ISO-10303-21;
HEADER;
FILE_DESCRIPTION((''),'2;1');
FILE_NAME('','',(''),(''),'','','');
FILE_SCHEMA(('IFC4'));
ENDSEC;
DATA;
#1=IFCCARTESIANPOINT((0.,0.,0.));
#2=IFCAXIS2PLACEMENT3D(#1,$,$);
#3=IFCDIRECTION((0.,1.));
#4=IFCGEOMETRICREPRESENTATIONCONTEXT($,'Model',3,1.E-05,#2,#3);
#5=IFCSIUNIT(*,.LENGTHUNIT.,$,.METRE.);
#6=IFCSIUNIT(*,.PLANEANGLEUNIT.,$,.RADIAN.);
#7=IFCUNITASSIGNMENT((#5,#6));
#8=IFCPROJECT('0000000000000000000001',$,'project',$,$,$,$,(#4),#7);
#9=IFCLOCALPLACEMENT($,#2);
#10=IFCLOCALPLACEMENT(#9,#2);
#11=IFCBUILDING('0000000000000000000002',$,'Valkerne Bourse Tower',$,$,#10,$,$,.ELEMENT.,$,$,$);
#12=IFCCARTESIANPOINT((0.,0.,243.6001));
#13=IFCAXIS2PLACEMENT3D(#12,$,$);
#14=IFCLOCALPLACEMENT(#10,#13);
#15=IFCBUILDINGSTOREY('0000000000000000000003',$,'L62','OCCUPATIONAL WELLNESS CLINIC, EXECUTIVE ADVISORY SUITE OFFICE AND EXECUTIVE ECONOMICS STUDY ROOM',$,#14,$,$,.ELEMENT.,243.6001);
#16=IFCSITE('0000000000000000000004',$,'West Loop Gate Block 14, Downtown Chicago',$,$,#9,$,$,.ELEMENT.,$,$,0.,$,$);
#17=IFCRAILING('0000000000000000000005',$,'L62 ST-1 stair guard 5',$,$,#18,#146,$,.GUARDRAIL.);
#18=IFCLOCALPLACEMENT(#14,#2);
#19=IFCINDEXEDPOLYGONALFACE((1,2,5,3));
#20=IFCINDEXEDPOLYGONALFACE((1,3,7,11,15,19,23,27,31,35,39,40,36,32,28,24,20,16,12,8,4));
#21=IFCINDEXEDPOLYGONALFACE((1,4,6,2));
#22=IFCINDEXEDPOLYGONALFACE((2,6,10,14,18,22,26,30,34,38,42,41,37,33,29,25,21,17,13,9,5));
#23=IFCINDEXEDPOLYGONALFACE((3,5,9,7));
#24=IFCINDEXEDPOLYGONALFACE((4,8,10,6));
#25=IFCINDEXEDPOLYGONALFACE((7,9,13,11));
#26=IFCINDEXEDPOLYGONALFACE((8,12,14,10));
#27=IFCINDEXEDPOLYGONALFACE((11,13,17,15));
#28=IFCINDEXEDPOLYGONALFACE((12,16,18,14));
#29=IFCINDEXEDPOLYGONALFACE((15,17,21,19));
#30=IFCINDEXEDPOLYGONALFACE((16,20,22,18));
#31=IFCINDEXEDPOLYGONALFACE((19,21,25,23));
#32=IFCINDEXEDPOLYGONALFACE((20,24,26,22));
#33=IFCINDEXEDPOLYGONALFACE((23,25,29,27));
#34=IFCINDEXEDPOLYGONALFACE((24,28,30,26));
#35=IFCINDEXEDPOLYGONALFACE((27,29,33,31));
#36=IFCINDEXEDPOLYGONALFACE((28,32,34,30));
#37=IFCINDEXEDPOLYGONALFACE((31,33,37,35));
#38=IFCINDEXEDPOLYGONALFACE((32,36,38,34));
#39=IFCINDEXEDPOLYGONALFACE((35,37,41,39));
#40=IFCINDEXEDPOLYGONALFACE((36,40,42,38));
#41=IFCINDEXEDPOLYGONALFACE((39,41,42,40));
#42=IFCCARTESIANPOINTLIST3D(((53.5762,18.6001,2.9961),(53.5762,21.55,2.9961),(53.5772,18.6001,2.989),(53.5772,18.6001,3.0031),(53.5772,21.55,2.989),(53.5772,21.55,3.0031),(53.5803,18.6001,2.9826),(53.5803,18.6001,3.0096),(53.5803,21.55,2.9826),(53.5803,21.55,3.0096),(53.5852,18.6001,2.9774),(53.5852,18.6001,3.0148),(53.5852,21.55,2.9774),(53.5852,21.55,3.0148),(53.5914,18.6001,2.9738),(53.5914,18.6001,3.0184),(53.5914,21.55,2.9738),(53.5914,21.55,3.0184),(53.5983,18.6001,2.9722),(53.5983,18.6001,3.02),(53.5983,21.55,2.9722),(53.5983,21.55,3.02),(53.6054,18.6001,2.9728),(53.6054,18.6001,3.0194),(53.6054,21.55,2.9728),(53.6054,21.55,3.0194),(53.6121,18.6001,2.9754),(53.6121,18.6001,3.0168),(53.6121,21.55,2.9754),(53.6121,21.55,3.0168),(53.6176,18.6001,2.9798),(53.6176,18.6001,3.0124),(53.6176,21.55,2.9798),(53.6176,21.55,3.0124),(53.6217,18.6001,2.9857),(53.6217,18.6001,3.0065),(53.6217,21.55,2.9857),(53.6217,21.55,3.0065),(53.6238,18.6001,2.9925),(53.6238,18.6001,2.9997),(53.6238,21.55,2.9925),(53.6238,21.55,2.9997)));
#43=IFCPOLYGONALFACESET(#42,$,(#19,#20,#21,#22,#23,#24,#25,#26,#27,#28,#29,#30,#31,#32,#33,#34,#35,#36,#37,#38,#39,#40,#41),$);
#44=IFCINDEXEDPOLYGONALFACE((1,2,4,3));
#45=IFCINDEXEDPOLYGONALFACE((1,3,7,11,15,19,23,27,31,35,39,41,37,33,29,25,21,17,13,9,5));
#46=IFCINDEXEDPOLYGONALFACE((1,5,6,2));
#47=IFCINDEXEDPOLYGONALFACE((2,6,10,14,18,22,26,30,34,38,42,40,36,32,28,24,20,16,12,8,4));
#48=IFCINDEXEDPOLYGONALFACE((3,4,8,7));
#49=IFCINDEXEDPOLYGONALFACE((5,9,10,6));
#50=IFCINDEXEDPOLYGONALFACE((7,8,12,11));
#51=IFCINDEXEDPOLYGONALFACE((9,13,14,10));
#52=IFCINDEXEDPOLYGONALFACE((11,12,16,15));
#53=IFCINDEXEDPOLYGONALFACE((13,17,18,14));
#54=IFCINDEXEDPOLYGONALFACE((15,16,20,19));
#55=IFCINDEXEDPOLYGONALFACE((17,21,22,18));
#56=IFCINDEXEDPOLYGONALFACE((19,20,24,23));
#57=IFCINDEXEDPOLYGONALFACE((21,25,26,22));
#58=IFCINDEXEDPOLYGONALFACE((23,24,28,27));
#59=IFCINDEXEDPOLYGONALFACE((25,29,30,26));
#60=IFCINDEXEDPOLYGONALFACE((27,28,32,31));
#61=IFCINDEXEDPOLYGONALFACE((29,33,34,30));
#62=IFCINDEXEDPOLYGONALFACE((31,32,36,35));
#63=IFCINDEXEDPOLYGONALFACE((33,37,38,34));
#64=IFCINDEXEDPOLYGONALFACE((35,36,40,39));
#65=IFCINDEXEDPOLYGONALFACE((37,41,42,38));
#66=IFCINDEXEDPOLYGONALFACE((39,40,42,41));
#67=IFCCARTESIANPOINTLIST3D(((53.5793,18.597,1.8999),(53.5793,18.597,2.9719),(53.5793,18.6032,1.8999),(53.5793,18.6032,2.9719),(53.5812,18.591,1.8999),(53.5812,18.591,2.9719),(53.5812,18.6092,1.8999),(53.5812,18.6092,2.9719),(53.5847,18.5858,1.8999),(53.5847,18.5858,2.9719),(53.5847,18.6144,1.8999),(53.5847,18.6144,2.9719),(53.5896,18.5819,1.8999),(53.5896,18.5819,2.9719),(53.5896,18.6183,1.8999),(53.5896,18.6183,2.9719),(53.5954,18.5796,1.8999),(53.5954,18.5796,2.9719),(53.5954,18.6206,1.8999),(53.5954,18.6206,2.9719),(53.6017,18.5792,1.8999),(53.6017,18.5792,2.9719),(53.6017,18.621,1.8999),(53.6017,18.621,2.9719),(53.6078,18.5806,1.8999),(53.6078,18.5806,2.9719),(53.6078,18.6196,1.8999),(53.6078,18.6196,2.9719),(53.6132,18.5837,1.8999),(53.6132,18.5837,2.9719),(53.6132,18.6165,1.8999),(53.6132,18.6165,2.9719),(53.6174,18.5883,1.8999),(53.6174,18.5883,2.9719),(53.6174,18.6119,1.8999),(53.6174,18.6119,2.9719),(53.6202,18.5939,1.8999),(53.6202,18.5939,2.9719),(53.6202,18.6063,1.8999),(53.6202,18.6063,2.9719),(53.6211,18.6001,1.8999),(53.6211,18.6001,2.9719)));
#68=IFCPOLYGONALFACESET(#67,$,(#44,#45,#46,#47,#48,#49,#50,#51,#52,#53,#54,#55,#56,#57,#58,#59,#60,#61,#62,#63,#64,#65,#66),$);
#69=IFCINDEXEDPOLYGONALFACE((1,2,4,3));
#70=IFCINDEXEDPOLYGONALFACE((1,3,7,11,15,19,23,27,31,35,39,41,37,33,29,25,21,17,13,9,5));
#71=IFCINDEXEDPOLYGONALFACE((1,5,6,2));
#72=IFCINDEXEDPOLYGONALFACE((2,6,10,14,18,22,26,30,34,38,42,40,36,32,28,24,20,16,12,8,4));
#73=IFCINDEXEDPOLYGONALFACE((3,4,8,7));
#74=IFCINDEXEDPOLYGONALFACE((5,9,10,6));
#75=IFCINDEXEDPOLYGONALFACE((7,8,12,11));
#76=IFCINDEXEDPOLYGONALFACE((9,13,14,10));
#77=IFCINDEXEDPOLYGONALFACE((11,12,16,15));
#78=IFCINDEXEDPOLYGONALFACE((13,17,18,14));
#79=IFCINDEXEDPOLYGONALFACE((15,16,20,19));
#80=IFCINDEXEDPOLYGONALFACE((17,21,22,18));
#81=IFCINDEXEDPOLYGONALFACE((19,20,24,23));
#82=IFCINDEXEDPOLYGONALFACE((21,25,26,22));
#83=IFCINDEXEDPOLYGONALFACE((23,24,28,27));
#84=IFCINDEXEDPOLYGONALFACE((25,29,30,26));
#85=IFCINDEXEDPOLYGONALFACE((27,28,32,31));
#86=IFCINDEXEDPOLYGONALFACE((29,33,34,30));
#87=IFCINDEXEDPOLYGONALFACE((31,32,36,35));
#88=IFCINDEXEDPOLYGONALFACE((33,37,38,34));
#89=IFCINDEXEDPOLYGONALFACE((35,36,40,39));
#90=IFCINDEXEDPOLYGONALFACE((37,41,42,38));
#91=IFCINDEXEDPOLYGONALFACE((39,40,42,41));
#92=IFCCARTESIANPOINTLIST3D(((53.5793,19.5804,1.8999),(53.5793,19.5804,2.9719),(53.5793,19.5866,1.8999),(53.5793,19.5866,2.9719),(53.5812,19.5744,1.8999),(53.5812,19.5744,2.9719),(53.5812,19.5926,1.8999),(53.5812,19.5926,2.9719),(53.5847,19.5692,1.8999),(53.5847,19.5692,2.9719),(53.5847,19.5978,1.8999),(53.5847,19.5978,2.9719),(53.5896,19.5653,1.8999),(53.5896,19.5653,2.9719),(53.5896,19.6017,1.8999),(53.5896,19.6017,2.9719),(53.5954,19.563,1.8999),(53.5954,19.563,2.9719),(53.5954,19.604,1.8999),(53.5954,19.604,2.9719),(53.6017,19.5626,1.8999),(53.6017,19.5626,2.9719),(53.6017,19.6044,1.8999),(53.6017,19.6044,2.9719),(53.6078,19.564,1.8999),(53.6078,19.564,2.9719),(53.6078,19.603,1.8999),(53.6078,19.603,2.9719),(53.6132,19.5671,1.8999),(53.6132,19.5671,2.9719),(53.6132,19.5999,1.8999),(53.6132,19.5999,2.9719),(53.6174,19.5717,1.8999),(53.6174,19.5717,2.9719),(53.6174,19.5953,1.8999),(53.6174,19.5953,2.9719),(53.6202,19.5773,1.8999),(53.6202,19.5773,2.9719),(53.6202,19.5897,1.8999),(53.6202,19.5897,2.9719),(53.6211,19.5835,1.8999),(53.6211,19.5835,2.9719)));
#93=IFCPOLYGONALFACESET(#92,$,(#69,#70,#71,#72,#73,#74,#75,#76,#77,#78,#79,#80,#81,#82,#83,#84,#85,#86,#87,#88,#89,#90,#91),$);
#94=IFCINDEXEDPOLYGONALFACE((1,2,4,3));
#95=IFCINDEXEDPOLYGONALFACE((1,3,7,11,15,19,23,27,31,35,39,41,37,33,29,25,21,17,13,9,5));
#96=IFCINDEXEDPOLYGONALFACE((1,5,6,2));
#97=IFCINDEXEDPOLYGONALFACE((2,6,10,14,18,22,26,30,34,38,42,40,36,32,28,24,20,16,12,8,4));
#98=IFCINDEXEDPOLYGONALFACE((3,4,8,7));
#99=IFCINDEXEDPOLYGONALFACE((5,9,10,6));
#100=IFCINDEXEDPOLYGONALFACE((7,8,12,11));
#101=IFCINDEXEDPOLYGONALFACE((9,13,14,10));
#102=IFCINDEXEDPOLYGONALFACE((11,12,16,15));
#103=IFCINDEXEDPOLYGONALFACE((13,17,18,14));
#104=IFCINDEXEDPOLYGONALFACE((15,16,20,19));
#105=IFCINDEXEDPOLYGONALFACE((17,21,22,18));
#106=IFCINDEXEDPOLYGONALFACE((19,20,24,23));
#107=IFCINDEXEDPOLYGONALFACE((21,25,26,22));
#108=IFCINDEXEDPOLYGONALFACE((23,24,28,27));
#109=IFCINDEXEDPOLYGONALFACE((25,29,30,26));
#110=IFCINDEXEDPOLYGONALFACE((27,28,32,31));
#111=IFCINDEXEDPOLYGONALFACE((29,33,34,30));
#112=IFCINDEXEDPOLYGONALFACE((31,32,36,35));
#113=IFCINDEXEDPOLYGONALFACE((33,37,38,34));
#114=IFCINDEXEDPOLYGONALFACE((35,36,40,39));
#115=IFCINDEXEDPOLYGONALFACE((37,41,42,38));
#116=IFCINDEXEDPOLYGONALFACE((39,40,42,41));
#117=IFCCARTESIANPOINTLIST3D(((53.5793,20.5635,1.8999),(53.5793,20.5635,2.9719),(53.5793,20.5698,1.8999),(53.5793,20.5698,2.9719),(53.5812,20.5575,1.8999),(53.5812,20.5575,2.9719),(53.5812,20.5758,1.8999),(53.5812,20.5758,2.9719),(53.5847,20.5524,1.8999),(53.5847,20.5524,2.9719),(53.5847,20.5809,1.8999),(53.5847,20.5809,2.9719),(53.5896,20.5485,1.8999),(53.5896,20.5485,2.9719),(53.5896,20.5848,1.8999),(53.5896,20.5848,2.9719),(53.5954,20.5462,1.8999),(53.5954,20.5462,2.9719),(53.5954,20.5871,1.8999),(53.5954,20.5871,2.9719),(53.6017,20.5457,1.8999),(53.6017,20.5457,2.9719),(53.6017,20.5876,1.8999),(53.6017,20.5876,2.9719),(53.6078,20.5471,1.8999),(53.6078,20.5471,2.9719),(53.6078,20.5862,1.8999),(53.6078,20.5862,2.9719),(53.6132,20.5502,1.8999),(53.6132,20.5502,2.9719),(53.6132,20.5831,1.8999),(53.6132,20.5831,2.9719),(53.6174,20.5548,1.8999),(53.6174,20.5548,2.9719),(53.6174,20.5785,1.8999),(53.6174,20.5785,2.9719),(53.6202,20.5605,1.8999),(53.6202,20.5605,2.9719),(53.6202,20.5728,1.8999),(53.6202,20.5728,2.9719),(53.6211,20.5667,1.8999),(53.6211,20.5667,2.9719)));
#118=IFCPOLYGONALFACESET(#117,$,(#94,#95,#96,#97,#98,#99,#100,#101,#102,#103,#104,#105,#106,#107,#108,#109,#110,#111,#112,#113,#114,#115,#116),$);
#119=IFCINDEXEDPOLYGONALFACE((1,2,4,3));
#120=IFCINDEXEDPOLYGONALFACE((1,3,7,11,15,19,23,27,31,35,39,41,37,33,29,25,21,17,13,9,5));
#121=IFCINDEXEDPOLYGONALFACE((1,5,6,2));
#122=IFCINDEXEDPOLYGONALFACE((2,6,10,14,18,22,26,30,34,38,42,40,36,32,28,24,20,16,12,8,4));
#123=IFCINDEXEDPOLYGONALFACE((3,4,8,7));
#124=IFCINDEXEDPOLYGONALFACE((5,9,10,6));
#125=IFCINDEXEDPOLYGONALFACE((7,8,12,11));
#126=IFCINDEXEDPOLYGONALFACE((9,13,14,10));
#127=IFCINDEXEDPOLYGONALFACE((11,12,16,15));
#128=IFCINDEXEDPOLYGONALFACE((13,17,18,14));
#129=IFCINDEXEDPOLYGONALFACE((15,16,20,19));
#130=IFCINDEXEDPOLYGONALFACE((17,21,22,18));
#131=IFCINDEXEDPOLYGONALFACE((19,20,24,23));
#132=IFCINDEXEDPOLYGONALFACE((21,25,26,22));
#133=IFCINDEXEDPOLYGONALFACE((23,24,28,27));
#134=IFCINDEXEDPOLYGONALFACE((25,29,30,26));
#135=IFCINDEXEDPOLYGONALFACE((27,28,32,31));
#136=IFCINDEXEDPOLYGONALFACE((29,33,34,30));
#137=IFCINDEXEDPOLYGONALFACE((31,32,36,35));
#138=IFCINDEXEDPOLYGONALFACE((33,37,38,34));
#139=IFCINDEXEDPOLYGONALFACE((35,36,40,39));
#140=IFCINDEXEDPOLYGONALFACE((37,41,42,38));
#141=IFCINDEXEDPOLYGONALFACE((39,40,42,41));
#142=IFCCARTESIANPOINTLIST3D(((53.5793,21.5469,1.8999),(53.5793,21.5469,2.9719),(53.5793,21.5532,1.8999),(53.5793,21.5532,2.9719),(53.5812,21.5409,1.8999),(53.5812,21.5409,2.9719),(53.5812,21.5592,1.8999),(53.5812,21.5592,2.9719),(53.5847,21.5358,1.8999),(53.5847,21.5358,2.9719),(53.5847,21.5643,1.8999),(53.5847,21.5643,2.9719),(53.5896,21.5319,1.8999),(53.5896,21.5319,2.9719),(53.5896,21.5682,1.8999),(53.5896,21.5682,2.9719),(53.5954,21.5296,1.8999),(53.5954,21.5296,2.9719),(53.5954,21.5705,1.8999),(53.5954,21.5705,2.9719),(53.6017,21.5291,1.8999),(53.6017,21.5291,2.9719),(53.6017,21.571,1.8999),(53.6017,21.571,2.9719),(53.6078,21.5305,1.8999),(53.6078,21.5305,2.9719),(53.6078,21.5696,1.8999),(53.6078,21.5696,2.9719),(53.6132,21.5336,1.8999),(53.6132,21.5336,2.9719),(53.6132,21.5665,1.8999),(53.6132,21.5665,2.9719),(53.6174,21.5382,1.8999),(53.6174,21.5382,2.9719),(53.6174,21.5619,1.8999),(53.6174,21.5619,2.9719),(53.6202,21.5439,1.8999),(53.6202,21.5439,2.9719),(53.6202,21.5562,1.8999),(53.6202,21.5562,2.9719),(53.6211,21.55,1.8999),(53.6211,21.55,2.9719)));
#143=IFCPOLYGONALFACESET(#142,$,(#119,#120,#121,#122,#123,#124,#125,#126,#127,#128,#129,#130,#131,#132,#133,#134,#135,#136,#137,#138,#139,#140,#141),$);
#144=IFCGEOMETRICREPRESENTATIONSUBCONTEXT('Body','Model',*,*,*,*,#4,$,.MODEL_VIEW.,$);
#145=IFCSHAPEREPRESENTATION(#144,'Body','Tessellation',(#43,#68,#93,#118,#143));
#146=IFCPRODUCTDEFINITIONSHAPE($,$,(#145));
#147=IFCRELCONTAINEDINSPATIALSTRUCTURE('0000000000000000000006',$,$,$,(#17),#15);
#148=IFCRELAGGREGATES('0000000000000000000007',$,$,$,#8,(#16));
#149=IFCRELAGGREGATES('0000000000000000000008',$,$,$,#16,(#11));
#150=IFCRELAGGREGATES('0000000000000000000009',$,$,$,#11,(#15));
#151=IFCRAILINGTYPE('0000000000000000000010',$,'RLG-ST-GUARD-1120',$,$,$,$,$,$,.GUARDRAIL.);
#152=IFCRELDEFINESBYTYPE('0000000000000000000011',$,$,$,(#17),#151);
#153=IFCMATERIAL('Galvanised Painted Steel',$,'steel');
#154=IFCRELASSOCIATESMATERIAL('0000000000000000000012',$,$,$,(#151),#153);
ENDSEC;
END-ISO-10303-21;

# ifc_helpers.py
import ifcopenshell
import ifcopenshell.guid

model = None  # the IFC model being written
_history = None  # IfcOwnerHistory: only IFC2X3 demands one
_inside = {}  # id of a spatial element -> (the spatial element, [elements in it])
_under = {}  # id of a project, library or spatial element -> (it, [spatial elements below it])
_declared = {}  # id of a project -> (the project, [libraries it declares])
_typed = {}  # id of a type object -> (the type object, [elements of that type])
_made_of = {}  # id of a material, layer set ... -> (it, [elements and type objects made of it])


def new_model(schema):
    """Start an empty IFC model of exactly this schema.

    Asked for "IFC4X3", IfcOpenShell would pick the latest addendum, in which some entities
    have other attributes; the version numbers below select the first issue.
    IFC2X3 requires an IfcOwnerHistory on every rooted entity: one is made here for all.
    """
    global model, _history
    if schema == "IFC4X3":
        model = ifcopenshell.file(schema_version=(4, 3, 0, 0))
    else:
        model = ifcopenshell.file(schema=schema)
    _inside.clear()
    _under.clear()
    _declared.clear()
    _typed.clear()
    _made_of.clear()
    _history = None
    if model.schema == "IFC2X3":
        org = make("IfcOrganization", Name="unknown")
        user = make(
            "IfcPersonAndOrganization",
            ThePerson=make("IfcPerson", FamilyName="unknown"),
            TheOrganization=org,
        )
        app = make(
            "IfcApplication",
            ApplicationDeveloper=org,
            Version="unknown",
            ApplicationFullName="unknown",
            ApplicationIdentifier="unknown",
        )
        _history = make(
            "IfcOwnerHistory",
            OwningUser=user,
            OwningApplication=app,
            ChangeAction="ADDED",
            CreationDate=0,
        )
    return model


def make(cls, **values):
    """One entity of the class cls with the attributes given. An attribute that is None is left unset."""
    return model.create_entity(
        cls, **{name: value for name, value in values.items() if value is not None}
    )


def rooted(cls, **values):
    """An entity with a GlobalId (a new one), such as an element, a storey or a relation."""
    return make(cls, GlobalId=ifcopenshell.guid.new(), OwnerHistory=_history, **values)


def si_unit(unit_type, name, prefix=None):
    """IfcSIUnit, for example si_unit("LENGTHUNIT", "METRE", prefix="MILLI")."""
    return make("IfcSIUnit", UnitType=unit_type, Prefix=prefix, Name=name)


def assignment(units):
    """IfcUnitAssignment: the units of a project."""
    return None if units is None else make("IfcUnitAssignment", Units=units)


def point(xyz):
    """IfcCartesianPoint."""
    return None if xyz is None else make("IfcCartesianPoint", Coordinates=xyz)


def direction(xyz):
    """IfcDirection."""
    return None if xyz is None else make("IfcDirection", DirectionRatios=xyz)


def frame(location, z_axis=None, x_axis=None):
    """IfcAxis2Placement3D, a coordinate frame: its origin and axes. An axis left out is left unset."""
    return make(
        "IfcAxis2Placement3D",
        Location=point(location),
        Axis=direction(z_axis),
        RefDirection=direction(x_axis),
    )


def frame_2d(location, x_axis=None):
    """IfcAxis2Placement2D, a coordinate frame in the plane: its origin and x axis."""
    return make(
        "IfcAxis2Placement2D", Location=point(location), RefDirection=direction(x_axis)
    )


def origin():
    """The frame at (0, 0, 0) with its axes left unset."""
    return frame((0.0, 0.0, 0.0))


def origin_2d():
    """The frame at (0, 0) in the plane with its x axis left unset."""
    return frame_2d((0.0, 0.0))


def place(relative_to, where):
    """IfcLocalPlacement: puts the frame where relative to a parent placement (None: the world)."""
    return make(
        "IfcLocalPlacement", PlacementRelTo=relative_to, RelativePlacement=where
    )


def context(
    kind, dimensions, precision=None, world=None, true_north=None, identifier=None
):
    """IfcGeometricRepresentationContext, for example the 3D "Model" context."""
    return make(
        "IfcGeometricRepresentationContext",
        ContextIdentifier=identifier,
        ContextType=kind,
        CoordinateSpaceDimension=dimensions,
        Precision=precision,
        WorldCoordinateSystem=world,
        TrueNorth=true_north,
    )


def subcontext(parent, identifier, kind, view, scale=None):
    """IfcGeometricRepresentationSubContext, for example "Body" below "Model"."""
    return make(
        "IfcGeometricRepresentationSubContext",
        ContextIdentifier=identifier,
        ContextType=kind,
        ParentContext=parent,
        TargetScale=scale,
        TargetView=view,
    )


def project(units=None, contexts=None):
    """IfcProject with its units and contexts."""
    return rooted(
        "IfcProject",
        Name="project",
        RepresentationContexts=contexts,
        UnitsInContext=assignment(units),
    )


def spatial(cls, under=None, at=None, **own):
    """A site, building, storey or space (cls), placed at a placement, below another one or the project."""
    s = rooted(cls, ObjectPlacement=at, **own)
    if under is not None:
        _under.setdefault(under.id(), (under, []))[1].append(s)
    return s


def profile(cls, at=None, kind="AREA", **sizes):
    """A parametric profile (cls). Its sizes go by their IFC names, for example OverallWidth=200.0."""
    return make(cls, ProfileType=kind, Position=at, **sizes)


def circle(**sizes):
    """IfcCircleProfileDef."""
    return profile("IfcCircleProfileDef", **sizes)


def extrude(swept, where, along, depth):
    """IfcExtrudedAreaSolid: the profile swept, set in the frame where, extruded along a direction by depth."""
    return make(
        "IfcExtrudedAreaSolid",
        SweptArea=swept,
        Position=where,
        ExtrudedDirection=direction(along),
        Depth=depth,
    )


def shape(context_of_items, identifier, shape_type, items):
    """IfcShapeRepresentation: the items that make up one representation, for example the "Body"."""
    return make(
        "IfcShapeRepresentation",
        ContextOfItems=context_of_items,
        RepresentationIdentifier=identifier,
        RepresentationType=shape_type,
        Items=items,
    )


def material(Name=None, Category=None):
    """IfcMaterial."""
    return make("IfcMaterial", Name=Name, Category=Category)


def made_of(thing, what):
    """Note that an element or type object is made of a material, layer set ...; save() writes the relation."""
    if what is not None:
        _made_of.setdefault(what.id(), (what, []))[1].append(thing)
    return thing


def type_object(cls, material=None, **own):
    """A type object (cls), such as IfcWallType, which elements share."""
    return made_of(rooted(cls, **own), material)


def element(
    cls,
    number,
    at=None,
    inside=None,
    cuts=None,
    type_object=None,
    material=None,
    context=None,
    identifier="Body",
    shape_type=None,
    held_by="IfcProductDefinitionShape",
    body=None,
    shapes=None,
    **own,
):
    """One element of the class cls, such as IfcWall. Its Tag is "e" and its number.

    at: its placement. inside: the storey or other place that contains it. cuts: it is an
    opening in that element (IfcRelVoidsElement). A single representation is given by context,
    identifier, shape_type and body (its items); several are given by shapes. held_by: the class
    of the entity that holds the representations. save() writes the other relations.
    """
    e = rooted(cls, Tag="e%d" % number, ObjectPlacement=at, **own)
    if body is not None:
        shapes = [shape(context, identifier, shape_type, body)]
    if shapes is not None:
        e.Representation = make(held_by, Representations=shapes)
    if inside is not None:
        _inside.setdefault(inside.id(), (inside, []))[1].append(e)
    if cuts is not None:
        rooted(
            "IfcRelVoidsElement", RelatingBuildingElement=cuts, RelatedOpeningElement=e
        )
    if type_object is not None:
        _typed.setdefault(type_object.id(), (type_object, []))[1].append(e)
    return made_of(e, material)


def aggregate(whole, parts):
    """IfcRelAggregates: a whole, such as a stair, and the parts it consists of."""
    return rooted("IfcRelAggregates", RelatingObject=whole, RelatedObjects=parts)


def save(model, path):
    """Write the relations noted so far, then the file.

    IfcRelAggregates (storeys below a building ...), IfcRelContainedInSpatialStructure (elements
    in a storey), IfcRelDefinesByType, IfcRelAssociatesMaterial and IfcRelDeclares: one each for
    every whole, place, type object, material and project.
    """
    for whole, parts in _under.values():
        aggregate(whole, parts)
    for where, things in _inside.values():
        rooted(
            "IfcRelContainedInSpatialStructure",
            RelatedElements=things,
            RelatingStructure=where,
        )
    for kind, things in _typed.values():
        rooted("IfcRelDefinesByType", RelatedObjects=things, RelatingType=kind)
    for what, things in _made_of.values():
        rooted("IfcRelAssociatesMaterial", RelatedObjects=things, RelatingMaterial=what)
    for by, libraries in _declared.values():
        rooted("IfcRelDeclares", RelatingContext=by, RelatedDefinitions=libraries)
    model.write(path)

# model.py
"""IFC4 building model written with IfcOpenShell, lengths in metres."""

from ifc_helpers import new_model, si_unit, direction, frame, origin, origin_2d, place, context, subcontext, project, spatial, circle, extrude, material, type_object, element, save


model = new_model("IFC4")

# Units and contexts
model_context = context("Model", 3, precision=1e-05, world=origin(), true_north=direction((0.0, 1.0)))
body_context = subcontext(model_context, "Body", "Model", "MODEL_VIEW")
ifc_project = project(units=[si_unit("LENGTHUNIT", "METRE"), si_unit("PLANEANGLEUNIT", "RADIAN")], contexts=[model_context])

# Site, building, storey
site_placement = place(None, origin())
site = spatial("IfcSite", under=ifc_project, at=site_placement, Name="West Loop Gate Block 14, Downtown Chicago", CompositionType="ELEMENT", RefElevation=0.0)
building_placement = place(site_placement, origin())
building = spatial("IfcBuilding", under=site, at=building_placement, Name="Valkerne Bourse Tower", CompositionType="ELEMENT")
storey_placement = place(building_placement, frame((0.0, 0.0, 243.6001)))
storey = spatial("IfcBuildingStorey", under=building, at=storey_placement, Name="L62", Description="OCCUPATIONAL WELLNESS CLINIC, EXECUTIVE ADVISORY SUITE OFFICE AND EXECUTIVE ECONOMICS STUDY ROOM", CompositionType="ELEMENT", Elevation=243.6001)

# Railing
ifc_material_1 = material(Name="Galvanised Painted Steel", Category="steel")
railing_type_1 = type_object("IfcRailingType", Name="RLG-ST-GUARD-1120", PredefinedType="GUARDRAIL", material=ifc_material_1)
railing_1_placement = place(storey_placement, frame((53.6001, 18.6001, 1.8999)))
element("IfcRailing", 1, at=railing_1_placement, inside=storey, type_object=railing_type_1, Name="L62 ST-1 stair guard 5", PredefinedType="GUARDRAIL", context=body_context, shape_type="SweptSolid", body=[
    extrude(circle(Radius=0.0239, at=origin_2d()), frame((0.0, 0.0, 1.0962), z_axis=(0.0, 1.0, 0.0), x_axis=(-1.0, 0.0, 0.0)), (0.0, 0.0, 1.0), 2.95),
    extrude(circle(Radius=0.021, at=origin_2d()), origin(), (0.0, 0.0, 1.0), 1.072),
    extrude(circle(Radius=0.021, at=origin_2d()), frame((0.0, 0.9834, 0.0)), (0.0, 0.0, 1.0), 1.072),
    extrude(circle(Radius=0.021, at=origin_2d()), frame((0.0, 1.9666, 0.0)), (0.0, 0.0, 1.0), 1.072),
    extrude(circle(Radius=0.021, at=origin_2d()), frame((0.0, 2.95, 0.0)), (0.0, 0.0, 1.0), 1.072),
])

save(model, "model.ifc")
